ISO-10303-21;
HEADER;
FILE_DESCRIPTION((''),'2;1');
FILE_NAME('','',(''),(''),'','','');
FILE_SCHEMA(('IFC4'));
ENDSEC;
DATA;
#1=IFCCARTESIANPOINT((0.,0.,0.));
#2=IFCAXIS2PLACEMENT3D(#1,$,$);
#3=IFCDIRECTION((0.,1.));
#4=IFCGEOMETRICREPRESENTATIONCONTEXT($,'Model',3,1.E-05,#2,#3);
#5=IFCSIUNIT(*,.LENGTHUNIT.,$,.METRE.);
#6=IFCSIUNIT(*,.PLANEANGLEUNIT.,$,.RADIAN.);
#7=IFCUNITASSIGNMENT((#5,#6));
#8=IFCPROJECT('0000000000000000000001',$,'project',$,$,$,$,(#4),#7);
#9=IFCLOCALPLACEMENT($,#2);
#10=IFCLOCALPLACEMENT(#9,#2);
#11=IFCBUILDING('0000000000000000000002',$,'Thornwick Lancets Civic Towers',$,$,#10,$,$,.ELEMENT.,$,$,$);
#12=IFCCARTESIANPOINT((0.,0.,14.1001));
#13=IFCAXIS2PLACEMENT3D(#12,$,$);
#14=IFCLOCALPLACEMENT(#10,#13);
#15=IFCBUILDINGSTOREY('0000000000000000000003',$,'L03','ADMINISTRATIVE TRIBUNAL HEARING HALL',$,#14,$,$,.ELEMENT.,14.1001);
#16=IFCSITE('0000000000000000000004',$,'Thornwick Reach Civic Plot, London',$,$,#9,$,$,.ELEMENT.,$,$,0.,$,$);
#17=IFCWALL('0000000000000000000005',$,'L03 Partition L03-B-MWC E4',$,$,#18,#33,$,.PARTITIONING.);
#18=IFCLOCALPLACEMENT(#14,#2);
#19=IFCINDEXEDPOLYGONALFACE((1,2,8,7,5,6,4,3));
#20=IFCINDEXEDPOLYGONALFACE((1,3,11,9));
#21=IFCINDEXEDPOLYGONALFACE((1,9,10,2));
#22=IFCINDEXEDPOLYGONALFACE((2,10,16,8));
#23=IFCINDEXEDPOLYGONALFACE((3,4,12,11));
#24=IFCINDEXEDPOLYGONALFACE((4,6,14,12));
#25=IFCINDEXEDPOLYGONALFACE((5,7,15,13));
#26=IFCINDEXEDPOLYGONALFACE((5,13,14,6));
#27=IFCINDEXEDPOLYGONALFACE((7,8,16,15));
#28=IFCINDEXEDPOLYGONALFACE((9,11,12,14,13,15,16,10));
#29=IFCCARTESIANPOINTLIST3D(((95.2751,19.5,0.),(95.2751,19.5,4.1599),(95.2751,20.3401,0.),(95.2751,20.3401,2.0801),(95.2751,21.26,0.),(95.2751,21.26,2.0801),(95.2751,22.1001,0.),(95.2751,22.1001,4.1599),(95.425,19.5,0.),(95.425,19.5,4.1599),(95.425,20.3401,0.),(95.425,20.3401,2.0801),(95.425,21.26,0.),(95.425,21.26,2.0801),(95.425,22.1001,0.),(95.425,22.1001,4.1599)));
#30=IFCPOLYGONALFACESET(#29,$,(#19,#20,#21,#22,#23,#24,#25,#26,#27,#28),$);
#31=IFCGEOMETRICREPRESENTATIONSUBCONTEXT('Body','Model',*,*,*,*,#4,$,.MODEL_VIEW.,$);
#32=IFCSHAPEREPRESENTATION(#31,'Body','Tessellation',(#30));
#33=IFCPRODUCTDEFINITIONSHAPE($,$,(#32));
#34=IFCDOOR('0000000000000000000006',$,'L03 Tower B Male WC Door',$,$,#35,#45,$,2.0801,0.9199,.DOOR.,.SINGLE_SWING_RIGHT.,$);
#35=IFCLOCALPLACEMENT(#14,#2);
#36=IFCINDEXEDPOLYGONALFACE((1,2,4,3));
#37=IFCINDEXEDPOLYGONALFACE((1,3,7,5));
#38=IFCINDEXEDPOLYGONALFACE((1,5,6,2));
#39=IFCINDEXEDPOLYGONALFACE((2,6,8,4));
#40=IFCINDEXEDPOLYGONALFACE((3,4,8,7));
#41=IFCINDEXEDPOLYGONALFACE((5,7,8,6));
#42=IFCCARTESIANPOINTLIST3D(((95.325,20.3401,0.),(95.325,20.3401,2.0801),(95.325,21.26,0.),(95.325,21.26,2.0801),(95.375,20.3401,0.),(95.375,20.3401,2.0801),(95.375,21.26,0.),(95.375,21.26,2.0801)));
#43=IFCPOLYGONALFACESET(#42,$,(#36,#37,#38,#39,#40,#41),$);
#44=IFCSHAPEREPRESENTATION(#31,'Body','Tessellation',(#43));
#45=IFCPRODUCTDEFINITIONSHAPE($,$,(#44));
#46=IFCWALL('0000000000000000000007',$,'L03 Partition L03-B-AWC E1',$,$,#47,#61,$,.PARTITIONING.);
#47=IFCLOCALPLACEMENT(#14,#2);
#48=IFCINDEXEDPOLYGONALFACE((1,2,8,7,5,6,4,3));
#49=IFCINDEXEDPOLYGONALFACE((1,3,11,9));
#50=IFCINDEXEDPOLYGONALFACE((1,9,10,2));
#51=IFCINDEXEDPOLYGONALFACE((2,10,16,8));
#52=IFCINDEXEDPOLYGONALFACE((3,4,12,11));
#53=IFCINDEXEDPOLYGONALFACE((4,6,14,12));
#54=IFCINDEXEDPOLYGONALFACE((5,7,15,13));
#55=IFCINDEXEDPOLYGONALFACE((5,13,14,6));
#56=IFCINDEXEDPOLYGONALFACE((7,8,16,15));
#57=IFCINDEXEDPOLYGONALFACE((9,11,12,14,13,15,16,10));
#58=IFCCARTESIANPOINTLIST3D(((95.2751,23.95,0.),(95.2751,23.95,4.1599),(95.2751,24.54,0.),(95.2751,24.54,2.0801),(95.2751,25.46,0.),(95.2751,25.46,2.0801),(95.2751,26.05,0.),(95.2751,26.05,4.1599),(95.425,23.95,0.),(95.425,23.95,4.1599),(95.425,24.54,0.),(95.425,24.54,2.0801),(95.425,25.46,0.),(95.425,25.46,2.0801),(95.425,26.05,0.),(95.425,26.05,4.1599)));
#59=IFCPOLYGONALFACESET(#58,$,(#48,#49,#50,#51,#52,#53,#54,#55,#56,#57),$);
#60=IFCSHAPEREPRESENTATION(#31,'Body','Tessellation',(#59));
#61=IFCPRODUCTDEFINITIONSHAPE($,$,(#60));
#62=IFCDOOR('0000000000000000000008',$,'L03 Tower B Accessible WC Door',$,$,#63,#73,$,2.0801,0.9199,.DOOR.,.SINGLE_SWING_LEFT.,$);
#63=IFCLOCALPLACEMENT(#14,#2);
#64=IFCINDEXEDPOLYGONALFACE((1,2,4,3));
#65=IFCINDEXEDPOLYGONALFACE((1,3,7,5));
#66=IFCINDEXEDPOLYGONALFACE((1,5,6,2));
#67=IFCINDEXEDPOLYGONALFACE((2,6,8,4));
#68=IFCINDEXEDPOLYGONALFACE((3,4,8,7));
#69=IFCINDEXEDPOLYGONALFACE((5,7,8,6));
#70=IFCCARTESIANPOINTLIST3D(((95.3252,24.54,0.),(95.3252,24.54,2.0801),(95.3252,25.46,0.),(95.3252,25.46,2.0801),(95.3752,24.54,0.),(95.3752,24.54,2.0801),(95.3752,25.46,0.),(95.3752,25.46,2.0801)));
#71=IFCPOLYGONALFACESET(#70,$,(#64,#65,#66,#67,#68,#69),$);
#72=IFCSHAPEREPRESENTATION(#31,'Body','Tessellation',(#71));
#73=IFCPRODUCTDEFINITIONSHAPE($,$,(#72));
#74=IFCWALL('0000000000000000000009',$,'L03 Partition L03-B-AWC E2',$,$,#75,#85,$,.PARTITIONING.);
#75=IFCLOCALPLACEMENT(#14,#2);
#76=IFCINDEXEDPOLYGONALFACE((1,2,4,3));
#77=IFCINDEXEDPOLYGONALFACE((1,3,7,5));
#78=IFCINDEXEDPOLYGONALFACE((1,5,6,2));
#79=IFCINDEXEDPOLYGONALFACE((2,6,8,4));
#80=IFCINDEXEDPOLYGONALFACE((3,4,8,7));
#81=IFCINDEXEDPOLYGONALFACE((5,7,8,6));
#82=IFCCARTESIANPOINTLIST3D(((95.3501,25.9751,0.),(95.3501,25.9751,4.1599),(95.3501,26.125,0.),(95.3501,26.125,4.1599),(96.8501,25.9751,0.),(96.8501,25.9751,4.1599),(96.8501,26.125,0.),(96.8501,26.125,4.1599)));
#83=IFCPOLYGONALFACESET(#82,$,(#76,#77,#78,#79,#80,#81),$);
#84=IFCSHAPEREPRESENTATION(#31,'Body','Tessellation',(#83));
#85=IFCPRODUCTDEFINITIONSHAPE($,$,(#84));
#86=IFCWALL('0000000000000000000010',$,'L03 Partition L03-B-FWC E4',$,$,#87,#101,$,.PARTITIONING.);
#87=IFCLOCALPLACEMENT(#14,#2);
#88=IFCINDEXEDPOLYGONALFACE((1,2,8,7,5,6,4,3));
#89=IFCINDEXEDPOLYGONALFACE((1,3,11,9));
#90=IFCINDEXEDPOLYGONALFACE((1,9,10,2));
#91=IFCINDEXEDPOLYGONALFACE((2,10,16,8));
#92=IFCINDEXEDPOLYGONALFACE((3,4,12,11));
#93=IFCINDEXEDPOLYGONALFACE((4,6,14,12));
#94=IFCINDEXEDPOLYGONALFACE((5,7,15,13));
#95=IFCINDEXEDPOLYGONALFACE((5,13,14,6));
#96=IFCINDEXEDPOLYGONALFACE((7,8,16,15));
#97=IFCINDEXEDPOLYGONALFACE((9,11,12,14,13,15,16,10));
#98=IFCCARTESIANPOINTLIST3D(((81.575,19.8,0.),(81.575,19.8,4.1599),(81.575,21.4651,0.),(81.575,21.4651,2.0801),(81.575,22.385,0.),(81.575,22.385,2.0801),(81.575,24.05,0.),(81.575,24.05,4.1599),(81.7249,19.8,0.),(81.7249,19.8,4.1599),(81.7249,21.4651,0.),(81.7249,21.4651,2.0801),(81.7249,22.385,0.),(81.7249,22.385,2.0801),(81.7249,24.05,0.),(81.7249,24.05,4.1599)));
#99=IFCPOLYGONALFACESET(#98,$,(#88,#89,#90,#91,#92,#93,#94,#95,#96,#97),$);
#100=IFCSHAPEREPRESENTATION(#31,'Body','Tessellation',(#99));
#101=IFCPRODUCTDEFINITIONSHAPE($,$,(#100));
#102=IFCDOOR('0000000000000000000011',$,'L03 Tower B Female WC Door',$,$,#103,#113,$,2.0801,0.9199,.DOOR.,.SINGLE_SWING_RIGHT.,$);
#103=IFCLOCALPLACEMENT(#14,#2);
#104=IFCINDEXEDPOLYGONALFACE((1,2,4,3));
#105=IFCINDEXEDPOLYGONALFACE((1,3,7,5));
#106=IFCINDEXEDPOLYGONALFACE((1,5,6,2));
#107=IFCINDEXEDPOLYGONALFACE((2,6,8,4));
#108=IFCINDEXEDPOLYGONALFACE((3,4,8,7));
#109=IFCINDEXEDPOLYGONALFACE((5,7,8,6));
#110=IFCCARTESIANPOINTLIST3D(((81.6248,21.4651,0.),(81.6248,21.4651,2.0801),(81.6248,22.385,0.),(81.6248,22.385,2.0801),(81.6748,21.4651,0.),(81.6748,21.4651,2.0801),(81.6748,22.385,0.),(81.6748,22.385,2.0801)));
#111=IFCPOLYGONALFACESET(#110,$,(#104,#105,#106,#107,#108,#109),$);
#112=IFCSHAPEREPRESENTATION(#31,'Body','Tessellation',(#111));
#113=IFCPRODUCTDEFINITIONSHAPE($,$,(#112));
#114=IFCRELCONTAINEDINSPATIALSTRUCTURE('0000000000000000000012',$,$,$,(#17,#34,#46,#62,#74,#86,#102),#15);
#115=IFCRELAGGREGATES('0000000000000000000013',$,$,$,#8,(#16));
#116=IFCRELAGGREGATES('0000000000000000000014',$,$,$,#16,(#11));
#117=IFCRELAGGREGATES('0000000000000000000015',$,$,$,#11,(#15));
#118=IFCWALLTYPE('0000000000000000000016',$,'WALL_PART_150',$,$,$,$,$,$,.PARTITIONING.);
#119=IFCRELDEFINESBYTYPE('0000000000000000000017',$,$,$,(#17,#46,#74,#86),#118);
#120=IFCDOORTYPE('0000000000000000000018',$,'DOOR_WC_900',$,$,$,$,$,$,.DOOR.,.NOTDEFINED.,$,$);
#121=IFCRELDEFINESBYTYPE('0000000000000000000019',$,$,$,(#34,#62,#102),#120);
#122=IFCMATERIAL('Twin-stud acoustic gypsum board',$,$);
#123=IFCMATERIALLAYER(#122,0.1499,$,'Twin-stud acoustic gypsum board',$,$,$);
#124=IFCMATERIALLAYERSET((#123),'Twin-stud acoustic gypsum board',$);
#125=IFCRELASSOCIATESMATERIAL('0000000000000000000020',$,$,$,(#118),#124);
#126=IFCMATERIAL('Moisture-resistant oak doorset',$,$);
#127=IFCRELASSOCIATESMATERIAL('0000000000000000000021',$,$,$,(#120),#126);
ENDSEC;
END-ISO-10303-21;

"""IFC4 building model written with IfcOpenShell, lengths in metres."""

from ifc_helpers import new_model, si_unit, direction, frame, frame_2d, origin, place, context, subcontext, project, spatial, rectangle, extrude, material, layer, layer_set, type_object, element, fill, save


model = new_model("IFC4")

# Units and contexts
model_context = context("Model", 3, precision=1e-05, world=origin(), true_north=direction((0.0, 1.0)))
body_context = subcontext(model_context, "Body", "Model", "MODEL_VIEW")
ifc_project = project(units=[si_unit("LENGTHUNIT", "METRE"), si_unit("PLANEANGLEUNIT", "RADIAN")], contexts=[model_context])

# Site, building, storey
site_placement = place(None, origin())
site = spatial("IfcSite", under=ifc_project, at=site_placement, Name="Thornwick Reach Civic Plot, London", CompositionType="ELEMENT", RefElevation=0.0)
building_placement = place(site_placement, origin())
building = spatial("IfcBuilding", under=site, at=building_placement, Name="Thornwick Lancets Civic Towers", CompositionType="ELEMENT")
storey_placement = place(building_placement, frame((0.0, 0.0, 14.1001)))
storey = spatial("IfcBuildingStorey", under=building, at=storey_placement, Name="L03", Description="ADMINISTRATIVE TRIBUNAL HEARING HALL", CompositionType="ELEMENT", Elevation=14.1001)

# Walls, openings, doors
ifc_material_1 = material(Name="Twin-stud acoustic gypsum board")
ifc_layer_1 = layer(ifc_material_1, 0.1499, Name="Twin-stud acoustic gypsum board")
ifc_layer_set_1 = layer_set([ifc_layer_1], Name="Twin-stud acoustic gypsum board")
wall_type_1 = type_object("IfcWallType", Name="WALL_PART_150", PredefinedType="PARTITIONING", material=ifc_layer_set_1)
wall_1_placement = place(storey_placement, frame((95.3501, 22.1001, 0.0), z_axis=(0.0, 0.0, 1.0), x_axis=(0.0, -1.0, 0.0)))
wall_1 = element("IfcWall", 1, at=wall_1_placement, inside=storey, type_object=wall_type_1, Name="L03 Partition L03-B-MWC E4", PredefinedType="PARTITIONING", context=body_context, shape_type="SweptSolid", body=[
    extrude(rectangle(XDim=2.6001, YDim=0.1499, at=frame_2d((1.3, 0.0))), origin(), (0.0, 0.0, 1.0), 4.1599),
])
opening_1_placement = place(wall_1_placement, frame((0.8401, 0.0, 0.0)))
opening_1 = element("IfcOpeningElement", 2, at=opening_1_placement, cuts=wall_1, PredefinedType="OPENING", context=body_context, shape_type="SweptSolid", body=[
    extrude(rectangle(XDim=0.9199, YDim=2.0801, at=frame_2d((0.46, 1.04))), frame((0.0, 0.085, 0.0), z_axis=(0.0, -1.0, 0.0), x_axis=(1.0, 0.0, 0.0)), (0.0, 0.0, 1.0), 0.1699),
])
ifc_material_2 = material(Name="Moisture-resistant oak doorset")
door_type_1 = type_object("IfcDoorType", Name="DOOR_WC_900", OperationType="NOTDEFINED", PredefinedType="DOOR", material=ifc_material_2)
door_1_placement = place(opening_1_placement, origin())
door_1 = element("IfcDoor", 3, at=door_1_placement, inside=storey, type_object=door_type_1, Name="L03 Tower B Male WC Door", OperationType="SINGLE_SWING_RIGHT", OverallHeight=2.0801, OverallWidth=0.9199, PredefinedType="DOOR", context=body_context, shape_type="SweptSolid", body=[
    extrude(rectangle(XDim=0.9199, YDim=2.0801, at=frame_2d((0.46, 1.04))), frame((0.0, 0.0249, 0.0), z_axis=(0.0, -1.0, 0.0), x_axis=(1.0, 0.0, 0.0)), (0.0, 0.0, 1.0), 0.05),
])
fill(opening_1, door_1)
wall_2_placement = place(storey_placement, frame((95.3501, 23.95, 0.0), z_axis=(0.0, 0.0, 1.0), x_axis=(0.0, 1.0, 0.0)))
wall_2 = element("IfcWall", 4, at=wall_2_placement, inside=storey, type_object=wall_type_1, Name="L03 Partition L03-B-AWC E1", PredefinedType="PARTITIONING", context=body_context, shape_type="SweptSolid", body=[
    extrude(rectangle(XDim=2.1001, YDim=0.1499, at=frame_2d((1.05, 0.0))), origin(), (0.0, 0.0, 1.0), 4.1599),
])
opening_2_placement = place(wall_2_placement, frame((0.5901, 0.0, 0.0)))
opening_2 = element("IfcOpeningElement", 5, at=opening_2_placement, cuts=wall_2, PredefinedType="OPENING", context=body_context, shape_type="SweptSolid", body=[
    extrude(rectangle(XDim=0.9199, YDim=2.0801, at=frame_2d((0.46, 1.04))), frame((0.0, 0.085, 0.0), z_axis=(0.0, -1.0, 0.0), x_axis=(1.0, 0.0, 0.0)), (0.0, 0.0, 1.0), 0.1699),
])
door_2_placement = place(opening_2_placement, origin())
door_2 = element("IfcDoor", 6, at=door_2_placement, inside=storey, type_object=door_type_1, Name="L03 Tower B Accessible WC Door", OperationType="SINGLE_SWING_LEFT", OverallHeight=2.0801, OverallWidth=0.9199, PredefinedType="DOOR", context=body_context, shape_type="SweptSolid", body=[
    extrude(rectangle(XDim=0.9199, YDim=2.0801, at=frame_2d((0.46, 1.04))), frame((0.0, 0.0249, 0.0), z_axis=(0.0, -1.0, 0.0), x_axis=(1.0, 0.0, 0.0)), (0.0, 0.0, 1.0), 0.05),
])
fill(opening_2, door_2)

# Wall
wall_3_placement = place(storey_placement, frame((95.3501, 26.05, 0.0), z_axis=(0.0, 0.0, 1.0), x_axis=(1.0, 0.0, 0.0)))
element("IfcWall", 7, at=wall_3_placement, inside=storey, type_object=wall_type_1, Name="L03 Partition L03-B-AWC E2", PredefinedType="PARTITIONING", context=body_context, shape_type="SweptSolid", body=[
    extrude(rectangle(XDim=1.5, YDim=0.1499, at=frame_2d((0.75, 0.0))), origin(), (0.0, 0.0, 1.0), 4.1599),
])

# Wall, opening, door
wall_4_placement = place(storey_placement, frame((81.6499, 24.05, 0.0), z_axis=(0.0, 0.0, 1.0), x_axis=(0.0, -1.0, 0.0)))
wall_4 = element("IfcWall", 8, at=wall_4_placement, inside=storey, type_object=wall_type_1, Name="L03 Partition L03-B-FWC E4", PredefinedType="PARTITIONING", context=body_context, shape_type="SweptSolid", body=[
    extrude(rectangle(XDim=4.25, YDim=0.1499, at=frame_2d((2.125, 0.0))), origin(), (0.0, 0.0, 1.0), 4.1599),
])
opening_3_placement = place(wall_4_placement, frame((1.665, 0.0, 0.0)))
opening_3 = element("IfcOpeningElement", 9, at=opening_3_placement, cuts=wall_4, PredefinedType="OPENING", context=body_context, shape_type="SweptSolid", body=[
    extrude(rectangle(XDim=0.9199, YDim=2.0801, at=frame_2d((0.46, 1.04))), frame((0.0, 0.085, 0.0), z_axis=(0.0, -1.0, 0.0), x_axis=(1.0, 0.0, 0.0)), (0.0, 0.0, 1.0), 0.1699),
])
door_3_placement = place(opening_3_placement, origin())
door_3 = element("IfcDoor", 10, at=door_3_placement, inside=storey, type_object=door_type_1, Name="L03 Tower B Female WC Door", OperationType="SINGLE_SWING_RIGHT", OverallHeight=2.0801, OverallWidth=0.9199, PredefinedType="DOOR", context=body_context, shape_type="SweptSolid", body=[
    extrude(rectangle(XDim=0.9199, YDim=2.0801, at=frame_2d((0.46, 1.04))), frame((0.0, 0.0249, 0.0), z_axis=(0.0, -1.0, 0.0), x_axis=(1.0, 0.0, 0.0)), (0.0, 0.0, 1.0), 0.05),
])
fill(opening_3, door_3)

save(model, "model.ifc")
